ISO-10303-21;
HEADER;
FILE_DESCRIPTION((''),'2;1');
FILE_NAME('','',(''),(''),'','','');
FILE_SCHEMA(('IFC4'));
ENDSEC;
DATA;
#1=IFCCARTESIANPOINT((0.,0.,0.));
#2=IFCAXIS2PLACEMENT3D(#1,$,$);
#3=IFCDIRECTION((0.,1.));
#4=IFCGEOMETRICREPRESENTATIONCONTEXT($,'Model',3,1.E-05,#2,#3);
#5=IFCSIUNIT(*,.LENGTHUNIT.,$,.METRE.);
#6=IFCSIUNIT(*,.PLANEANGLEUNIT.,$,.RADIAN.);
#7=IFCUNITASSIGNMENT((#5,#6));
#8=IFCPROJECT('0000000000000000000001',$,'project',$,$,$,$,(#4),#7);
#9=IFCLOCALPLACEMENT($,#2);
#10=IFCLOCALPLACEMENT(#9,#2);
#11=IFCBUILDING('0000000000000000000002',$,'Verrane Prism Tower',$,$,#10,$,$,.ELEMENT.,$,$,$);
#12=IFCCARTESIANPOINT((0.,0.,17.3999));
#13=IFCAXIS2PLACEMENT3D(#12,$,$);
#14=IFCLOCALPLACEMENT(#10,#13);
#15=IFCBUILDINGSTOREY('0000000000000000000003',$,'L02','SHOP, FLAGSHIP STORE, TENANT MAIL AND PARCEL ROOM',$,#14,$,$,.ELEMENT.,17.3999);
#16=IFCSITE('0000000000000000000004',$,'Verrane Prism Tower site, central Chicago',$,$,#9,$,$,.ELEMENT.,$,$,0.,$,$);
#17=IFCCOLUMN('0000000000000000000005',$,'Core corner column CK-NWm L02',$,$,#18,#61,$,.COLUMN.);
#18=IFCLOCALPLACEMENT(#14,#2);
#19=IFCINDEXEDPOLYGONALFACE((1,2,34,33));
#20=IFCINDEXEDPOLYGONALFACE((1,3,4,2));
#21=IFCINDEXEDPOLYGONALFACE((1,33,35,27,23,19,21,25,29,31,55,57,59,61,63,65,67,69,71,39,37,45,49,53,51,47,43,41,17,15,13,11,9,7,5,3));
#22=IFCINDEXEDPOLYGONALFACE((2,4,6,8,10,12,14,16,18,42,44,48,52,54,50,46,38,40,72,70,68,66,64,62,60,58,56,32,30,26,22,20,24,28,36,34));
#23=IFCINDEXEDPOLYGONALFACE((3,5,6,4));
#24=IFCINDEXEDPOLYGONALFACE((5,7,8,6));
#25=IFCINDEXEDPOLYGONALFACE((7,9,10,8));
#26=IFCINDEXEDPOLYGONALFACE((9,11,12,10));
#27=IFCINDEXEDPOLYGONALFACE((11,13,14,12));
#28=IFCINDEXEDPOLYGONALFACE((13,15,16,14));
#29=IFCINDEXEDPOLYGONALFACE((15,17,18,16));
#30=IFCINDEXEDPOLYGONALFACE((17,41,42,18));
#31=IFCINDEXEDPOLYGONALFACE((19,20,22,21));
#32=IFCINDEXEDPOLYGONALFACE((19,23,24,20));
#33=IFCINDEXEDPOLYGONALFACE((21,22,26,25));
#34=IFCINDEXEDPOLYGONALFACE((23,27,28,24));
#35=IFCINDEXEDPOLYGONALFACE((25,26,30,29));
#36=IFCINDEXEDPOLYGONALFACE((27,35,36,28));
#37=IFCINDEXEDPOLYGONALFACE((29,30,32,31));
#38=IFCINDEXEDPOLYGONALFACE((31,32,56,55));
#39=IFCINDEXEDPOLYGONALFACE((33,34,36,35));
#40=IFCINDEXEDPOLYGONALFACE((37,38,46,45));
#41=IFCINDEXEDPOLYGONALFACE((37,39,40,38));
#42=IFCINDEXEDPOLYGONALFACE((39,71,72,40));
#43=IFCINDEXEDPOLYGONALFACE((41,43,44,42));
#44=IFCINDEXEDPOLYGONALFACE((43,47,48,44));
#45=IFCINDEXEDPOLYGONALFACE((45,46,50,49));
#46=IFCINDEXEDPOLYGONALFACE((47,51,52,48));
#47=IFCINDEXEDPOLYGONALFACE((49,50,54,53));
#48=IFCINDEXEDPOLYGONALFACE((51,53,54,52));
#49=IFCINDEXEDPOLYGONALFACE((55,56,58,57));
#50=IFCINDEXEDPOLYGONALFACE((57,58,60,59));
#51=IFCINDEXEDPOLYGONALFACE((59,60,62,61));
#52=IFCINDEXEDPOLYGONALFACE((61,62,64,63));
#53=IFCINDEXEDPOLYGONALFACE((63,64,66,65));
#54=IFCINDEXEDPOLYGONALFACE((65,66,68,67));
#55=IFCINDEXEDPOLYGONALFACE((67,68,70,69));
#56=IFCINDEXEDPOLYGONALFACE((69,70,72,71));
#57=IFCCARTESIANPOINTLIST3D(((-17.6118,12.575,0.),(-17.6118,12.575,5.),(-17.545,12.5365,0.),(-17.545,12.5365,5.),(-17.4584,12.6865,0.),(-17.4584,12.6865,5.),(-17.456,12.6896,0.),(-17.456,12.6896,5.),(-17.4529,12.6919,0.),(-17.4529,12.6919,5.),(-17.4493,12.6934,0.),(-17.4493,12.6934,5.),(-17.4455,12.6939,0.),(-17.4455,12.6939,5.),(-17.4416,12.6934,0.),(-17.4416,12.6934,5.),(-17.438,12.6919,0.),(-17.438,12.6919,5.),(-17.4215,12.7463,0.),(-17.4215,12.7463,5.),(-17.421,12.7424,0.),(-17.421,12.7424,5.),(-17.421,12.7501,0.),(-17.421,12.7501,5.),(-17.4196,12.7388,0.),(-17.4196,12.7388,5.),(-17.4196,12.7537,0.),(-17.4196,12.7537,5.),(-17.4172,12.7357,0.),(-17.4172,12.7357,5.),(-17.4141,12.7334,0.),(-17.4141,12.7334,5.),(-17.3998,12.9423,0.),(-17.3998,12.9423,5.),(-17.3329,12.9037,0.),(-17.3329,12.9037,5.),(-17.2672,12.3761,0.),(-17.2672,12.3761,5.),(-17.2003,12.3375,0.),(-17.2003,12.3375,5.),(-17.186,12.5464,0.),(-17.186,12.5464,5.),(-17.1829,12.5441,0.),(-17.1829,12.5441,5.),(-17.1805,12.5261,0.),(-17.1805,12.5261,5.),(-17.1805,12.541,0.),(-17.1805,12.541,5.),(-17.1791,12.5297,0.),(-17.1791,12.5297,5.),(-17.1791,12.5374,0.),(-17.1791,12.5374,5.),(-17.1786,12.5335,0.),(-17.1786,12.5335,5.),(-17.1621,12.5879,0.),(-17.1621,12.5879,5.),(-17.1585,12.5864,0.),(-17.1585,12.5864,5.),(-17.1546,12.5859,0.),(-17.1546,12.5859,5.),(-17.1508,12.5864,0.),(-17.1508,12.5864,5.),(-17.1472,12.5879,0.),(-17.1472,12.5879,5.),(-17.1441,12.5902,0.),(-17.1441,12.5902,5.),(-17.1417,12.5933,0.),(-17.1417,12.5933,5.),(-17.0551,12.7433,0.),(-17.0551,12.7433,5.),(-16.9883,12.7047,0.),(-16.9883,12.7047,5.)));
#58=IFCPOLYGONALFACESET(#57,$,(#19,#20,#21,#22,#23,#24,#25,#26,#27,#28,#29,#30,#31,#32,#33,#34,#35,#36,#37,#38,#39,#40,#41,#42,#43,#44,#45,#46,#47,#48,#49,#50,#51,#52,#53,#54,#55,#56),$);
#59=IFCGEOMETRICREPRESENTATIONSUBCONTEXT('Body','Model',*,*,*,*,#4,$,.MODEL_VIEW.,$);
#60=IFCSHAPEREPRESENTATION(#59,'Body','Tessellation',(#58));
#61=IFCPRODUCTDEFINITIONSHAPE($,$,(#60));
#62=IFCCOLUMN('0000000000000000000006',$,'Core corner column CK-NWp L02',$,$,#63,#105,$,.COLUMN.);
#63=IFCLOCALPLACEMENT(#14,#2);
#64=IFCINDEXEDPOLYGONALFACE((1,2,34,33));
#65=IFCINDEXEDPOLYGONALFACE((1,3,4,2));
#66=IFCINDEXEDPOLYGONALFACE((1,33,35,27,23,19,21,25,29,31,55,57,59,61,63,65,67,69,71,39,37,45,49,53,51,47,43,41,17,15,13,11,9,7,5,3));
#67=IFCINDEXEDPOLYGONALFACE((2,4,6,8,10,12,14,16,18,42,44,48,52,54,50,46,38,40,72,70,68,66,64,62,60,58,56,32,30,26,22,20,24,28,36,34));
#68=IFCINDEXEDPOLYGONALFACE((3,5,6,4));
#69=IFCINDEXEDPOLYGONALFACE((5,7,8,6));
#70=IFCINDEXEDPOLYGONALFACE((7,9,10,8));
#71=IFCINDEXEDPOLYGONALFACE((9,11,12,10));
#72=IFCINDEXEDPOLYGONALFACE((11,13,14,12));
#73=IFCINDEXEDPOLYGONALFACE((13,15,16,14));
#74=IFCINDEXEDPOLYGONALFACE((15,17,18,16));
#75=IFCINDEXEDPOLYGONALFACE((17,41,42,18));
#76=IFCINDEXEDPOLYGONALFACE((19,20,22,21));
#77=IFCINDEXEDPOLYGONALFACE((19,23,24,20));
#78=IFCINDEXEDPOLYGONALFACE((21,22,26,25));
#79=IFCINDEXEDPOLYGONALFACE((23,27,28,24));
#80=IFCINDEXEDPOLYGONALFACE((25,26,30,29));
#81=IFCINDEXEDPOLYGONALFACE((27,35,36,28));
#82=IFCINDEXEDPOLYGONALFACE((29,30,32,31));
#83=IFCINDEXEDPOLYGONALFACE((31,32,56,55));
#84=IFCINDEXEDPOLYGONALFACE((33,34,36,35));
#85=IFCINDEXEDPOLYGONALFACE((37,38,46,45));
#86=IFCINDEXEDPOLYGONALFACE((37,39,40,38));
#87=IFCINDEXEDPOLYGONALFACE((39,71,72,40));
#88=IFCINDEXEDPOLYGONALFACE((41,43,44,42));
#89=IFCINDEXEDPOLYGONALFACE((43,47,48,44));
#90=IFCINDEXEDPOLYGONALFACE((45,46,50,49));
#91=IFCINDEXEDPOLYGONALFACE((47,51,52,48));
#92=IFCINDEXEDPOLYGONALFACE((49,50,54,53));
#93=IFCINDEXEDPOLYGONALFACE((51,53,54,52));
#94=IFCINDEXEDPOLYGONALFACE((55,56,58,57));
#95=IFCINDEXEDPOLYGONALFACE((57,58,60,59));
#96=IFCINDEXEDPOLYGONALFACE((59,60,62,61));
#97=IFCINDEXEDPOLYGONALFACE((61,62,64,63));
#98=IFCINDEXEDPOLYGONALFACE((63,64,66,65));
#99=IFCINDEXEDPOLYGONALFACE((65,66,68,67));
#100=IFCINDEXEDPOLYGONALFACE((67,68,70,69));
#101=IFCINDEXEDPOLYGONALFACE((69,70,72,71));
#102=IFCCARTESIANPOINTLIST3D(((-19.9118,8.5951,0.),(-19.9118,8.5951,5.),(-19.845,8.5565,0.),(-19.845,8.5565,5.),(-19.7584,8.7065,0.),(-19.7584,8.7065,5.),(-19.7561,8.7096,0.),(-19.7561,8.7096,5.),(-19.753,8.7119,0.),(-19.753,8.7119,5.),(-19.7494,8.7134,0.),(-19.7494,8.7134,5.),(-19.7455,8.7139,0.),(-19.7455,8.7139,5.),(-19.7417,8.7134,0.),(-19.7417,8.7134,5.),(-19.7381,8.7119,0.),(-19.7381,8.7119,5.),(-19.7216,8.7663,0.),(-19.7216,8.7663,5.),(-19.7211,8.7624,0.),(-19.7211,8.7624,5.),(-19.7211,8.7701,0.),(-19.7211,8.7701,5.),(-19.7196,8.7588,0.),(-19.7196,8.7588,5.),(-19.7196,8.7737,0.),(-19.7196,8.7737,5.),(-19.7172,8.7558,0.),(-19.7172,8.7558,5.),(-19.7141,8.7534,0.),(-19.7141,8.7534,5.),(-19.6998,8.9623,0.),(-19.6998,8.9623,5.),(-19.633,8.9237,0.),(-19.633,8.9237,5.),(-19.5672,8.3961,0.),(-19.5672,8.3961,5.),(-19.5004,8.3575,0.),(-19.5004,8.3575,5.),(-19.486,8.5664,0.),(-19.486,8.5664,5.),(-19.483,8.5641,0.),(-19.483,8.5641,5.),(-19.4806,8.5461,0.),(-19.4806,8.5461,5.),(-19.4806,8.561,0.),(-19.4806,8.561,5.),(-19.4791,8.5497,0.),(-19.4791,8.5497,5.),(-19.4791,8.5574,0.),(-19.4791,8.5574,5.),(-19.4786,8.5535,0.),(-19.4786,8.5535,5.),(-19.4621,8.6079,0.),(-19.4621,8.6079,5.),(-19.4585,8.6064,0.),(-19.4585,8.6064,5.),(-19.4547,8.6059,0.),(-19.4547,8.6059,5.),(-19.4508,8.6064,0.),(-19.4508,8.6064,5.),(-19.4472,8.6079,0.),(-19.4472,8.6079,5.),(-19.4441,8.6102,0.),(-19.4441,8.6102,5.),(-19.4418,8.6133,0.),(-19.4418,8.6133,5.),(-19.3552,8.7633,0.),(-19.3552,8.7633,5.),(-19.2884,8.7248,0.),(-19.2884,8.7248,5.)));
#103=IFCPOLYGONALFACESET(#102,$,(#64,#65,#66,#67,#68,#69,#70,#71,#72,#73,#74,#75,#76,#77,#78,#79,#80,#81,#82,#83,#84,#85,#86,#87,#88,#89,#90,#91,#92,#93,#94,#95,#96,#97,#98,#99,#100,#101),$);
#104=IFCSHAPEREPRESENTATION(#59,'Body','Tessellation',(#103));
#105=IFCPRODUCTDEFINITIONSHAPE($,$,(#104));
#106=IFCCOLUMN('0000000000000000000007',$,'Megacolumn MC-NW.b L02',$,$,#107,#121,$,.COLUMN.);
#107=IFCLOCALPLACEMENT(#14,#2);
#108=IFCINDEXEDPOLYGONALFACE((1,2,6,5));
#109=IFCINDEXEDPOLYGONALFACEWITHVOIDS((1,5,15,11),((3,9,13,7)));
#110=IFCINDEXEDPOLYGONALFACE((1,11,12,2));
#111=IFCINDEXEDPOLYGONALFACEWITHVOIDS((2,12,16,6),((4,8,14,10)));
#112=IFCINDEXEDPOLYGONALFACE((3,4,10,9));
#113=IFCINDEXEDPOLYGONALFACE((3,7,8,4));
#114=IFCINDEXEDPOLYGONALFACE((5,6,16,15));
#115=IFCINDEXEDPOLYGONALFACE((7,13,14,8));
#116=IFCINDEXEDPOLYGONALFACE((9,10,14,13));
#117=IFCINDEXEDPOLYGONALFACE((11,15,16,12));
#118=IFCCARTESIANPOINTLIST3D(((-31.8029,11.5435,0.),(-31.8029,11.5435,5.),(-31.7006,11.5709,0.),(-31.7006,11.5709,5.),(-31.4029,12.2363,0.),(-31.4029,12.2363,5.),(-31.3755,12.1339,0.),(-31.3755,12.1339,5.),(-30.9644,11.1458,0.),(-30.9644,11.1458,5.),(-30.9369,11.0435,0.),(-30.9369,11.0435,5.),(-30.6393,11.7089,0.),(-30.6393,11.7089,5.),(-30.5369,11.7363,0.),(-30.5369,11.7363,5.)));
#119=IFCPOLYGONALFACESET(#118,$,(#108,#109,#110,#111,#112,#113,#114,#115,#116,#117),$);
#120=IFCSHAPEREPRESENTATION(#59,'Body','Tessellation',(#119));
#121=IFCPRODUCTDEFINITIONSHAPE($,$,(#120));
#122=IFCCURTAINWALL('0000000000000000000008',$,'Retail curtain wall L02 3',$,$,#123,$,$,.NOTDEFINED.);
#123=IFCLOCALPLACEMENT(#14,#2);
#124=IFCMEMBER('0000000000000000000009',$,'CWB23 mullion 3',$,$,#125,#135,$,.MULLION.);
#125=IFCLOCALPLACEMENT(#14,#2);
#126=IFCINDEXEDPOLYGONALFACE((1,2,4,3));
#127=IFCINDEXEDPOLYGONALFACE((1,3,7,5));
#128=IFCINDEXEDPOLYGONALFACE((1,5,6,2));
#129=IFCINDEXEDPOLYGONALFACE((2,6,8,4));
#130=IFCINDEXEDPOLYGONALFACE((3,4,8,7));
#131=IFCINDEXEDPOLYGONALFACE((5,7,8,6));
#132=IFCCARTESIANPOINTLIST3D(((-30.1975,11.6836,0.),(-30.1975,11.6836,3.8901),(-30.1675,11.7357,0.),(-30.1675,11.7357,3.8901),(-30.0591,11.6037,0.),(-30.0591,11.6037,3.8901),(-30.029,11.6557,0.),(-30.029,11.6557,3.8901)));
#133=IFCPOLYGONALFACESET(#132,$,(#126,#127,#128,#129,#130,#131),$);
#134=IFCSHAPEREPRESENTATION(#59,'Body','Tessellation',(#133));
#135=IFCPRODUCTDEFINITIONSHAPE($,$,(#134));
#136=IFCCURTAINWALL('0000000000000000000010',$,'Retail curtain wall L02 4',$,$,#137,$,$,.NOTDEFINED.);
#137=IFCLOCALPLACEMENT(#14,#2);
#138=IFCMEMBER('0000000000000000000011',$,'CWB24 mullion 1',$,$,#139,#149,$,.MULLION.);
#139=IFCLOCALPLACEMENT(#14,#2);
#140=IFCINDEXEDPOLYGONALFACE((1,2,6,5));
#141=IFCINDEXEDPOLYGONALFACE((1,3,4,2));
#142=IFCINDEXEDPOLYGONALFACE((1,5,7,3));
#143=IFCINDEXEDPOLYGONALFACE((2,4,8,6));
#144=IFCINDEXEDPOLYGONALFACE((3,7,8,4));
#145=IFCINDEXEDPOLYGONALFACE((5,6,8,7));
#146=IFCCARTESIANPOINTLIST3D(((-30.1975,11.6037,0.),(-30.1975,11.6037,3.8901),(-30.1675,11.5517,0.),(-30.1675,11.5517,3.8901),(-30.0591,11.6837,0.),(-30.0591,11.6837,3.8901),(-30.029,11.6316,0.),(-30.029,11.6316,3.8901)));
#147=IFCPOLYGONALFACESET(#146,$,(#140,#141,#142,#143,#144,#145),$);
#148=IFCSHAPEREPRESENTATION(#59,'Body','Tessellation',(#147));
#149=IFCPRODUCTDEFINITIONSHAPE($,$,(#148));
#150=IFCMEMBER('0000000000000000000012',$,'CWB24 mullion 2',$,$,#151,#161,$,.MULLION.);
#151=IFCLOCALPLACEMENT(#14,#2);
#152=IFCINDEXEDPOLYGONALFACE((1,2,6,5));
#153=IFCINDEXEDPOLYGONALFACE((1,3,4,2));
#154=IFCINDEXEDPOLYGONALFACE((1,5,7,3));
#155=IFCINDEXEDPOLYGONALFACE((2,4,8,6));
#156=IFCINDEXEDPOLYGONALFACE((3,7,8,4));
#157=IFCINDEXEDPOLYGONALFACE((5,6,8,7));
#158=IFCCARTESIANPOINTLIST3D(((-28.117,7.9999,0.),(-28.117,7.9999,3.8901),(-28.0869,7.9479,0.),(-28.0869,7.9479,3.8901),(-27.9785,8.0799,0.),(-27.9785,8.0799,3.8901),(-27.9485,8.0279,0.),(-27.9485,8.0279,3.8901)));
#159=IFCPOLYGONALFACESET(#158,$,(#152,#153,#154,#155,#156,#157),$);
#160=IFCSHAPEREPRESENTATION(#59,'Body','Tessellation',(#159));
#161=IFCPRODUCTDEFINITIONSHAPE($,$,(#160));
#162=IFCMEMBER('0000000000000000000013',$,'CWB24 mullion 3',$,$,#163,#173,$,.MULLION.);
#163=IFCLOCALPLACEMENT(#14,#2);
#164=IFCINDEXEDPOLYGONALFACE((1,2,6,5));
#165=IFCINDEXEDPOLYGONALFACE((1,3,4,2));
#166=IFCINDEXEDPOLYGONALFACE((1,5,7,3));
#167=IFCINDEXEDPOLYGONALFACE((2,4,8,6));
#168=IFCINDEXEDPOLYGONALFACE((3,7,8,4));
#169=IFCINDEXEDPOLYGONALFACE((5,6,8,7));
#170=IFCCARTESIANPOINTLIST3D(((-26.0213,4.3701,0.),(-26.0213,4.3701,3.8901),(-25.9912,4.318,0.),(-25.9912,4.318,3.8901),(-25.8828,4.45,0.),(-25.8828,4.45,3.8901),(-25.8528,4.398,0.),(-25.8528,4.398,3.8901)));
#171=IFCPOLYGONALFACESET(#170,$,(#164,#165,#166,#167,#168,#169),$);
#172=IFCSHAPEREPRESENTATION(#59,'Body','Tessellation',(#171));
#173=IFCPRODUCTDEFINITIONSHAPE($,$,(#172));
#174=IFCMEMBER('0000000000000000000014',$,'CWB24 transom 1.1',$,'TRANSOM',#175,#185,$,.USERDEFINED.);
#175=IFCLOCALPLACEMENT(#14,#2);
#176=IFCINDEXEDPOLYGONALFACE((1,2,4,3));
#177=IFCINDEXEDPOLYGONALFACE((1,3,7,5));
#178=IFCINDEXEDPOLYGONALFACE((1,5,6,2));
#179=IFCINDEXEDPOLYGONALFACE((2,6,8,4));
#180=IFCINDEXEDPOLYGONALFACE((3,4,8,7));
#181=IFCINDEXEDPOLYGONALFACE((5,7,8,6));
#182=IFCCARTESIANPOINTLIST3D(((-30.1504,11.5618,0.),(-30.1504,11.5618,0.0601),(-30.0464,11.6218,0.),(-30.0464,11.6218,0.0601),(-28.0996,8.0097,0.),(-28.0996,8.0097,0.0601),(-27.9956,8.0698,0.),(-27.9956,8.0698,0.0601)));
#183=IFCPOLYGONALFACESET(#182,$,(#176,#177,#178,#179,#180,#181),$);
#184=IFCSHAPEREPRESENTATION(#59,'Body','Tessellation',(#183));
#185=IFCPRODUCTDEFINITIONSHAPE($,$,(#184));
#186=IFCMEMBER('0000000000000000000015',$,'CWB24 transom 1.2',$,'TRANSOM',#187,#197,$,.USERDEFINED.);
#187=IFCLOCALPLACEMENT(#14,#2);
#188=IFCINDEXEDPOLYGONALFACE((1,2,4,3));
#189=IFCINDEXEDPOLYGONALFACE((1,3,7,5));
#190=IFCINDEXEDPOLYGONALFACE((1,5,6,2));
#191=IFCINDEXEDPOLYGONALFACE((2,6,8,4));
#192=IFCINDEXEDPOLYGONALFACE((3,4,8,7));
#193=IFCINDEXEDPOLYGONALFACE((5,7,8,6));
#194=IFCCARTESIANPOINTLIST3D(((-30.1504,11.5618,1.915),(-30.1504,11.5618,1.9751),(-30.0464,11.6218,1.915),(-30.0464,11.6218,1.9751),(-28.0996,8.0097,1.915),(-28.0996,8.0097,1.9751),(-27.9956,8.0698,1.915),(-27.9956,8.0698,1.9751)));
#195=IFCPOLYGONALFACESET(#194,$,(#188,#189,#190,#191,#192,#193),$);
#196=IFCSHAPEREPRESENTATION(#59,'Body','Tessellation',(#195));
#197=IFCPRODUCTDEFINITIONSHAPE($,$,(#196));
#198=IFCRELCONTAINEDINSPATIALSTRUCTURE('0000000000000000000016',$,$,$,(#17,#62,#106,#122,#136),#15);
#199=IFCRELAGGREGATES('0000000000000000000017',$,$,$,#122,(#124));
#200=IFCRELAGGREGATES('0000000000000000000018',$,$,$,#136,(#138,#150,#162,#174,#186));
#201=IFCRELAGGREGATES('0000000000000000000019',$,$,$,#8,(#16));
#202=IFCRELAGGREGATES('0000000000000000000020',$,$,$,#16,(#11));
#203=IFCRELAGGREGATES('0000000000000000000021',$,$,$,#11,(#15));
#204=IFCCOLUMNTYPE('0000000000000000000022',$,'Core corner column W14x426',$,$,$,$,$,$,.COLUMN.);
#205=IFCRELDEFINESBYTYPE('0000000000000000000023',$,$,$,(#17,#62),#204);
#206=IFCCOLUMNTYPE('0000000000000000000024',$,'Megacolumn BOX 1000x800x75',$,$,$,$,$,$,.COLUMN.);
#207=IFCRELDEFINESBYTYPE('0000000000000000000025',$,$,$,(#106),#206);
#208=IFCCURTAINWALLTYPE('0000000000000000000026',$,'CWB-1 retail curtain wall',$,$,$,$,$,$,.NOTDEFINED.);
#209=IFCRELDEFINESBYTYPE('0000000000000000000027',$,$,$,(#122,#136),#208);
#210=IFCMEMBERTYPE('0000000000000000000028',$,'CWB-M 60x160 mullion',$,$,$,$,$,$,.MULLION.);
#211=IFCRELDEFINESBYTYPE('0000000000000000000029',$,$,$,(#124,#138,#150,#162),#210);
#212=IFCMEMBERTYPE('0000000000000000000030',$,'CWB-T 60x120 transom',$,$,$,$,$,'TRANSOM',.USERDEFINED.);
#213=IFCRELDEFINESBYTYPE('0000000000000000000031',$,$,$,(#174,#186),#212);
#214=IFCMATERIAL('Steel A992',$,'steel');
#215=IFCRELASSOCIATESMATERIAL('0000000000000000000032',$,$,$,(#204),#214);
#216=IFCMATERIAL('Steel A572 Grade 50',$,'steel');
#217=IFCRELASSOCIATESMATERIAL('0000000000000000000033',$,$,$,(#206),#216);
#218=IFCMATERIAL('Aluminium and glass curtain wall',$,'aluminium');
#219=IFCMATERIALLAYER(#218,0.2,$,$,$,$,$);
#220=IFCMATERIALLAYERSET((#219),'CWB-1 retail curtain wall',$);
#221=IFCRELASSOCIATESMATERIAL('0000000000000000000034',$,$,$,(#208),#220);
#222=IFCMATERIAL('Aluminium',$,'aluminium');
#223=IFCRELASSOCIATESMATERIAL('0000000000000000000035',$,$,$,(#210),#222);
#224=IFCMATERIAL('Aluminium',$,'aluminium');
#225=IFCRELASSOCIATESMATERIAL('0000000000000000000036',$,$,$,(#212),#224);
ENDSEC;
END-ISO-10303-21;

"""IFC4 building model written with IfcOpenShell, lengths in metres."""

from ifc_helpers import new_model, si_unit, direction, frame, origin, origin_2d, place, context, subcontext, project, spatial, rectangle, hollow_rectangle, i_section, extrude, material, layer, layer_set, material_profile, profile_set, type_object, element, aggregate, save


model = new_model("IFC4")

# Units and contexts
model_context = context("Model", 3, precision=1e-05, world=origin(), true_north=direction((0.0, 1.0)))
body_context = subcontext(model_context, "Body", "Model", "MODEL_VIEW")
ifc_project = project(units=[si_unit("LENGTHUNIT", "METRE"), si_unit("PLANEANGLEUNIT", "RADIAN")], contexts=[model_context])

# Site, building, storey
site_placement = place(None, origin())
site = spatial("IfcSite", under=ifc_project, at=site_placement, Name="Verrane Prism Tower site, central Chicago", CompositionType="ELEMENT", RefElevation=0.0)
building_placement = place(site_placement, origin())
building = spatial("IfcBuilding", under=site, at=building_placement, Name="Verrane Prism Tower", CompositionType="ELEMENT")
storey_placement = place(building_placement, frame((0.0, 0.0, 17.3999)))
storey = spatial("IfcBuildingStorey", under=building, at=storey_placement, Name="L02", Description="SHOP, FLAGSHIP STORE, TENANT MAIL AND PARCEL ROOM", CompositionType="ELEMENT", Elevation=17.3999)

# Columns
ifc_material_1 = material(Name="Steel A992", Category="steel")
ifc_material_profile_1 = material_profile(ifc_material_1, i_section(OverallWidth=0.4241, OverallDepth=0.4751, WebThickness=0.0479, FlangeThickness=0.0771, FilletRadius=0.0149, at=origin_2d()), Name="W14x426")
ifc_profile_set_1 = profile_set([ifc_material_profile_1], Name="Steel A992")
column_type_1 = type_object("IfcColumnType", Name="Core corner column W14x426", PredefinedType="COLUMN", material=ifc_profile_set_1)
for number, where, z_axis, x_axis, name in (
    (1, (-17.3, 12.6399, 0.0), (0.0, 0.0, 1.0), (0.5, 0.866025, 0.0), "Core corner column CK-NWm L02"),
    (2, (-19.6001, 8.6599, 0.0), (0.0, 0.0, 1.0), (0.5, 0.866025, 0.0), "Core corner column CK-NWp L02"),
):
    element("IfcColumn", number, at=place(storey_placement, frame(where, z_axis=z_axis, x_axis=x_axis)), inside=storey, type_object=column_type_1, Name=name, PredefinedType="COLUMN", context=body_context, shape_type="SweptSolid", body=[
        extrude(i_section(OverallWidth=0.4241, OverallDepth=0.4751, WebThickness=0.0479, FlangeThickness=0.0771, FilletRadius=0.0149, at=origin_2d()), origin(), (0.0, 0.0, 1.0), 5.0),
    ])
ifc_material_2 = material(Name="Steel A572 Grade 50", Category="steel")
ifc_material_profile_2 = material_profile(ifc_material_2, hollow_rectangle(XDim=0.8, YDim=1.0, WallThickness=0.075, at=origin_2d()), Name="BOX 1000x800x75")
ifc_profile_set_2 = profile_set([ifc_material_profile_2], Name="Steel A572 Grade 50")
column_type_2 = type_object("IfcColumnType", Name="Megacolumn BOX 1000x800x75", PredefinedType="COLUMN", material=ifc_profile_set_2)
column_placement = place(storey_placement, frame((-31.1699, 11.6399, 0.0), z_axis=(0.0, 0.0, 1.0), x_axis=(0.5, 0.866025, 0.0)))
element("IfcColumn", 3, at=column_placement, inside=storey, type_object=column_type_2, Name="Megacolumn MC-NW.b L02", PredefinedType="COLUMN", context=body_context, shape_type="SweptSolid", body=[
    extrude(hollow_rectangle(XDim=0.8, YDim=1.0, WallThickness=0.075, at=origin_2d()), origin(), (0.0, 0.0, 1.0), 5.0),
])

# Curtain wall, member
ifc_material_3 = material(Name="Aluminium and glass curtain wall", Category="aluminium")
ifc_layer_1 = layer(ifc_material_3, 0.2)
ifc_layer_set_1 = layer_set([ifc_layer_1], Name="CWB-1 retail curtain wall")
curtain_wall_type = type_object("IfcCurtainWallType", Name="CWB-1 retail curtain wall", PredefinedType="NOTDEFINED", material=ifc_layer_set_1)
curtain_wall_1_placement = place(storey_placement, origin())
curtain_wall_1 = element("IfcCurtainWall", 4, at=curtain_wall_1_placement, inside=storey, type_object=curtain_wall_type, Name="Retail curtain wall L02 3", PredefinedType="NOTDEFINED")
ifc_material_4 = material(Name="Aluminium", Category="aluminium")
ifc_material_profile_3 = material_profile(ifc_material_4, rectangle(XDim=0.1599, YDim=0.0601, at=origin_2d()), Name="CWB-M 60x160 mullion")
ifc_profile_set_3 = profile_set([ifc_material_profile_3], Name="Aluminium")
member_type_1 = type_object("IfcMemberType", Name="CWB-M 60x160 mullion", PredefinedType="MULLION", material=ifc_profile_set_3)
member_1_placement = place(storey_placement, frame((-30.1133, 11.6697, 0.0), z_axis=(0.0, 0.0, 1.0), x_axis=(0.866026, -0.499999, 0.0)))
member_1 = element("IfcMember", 5, at=member_1_placement, type_object=member_type_1, Name="CWB23 mullion 3", PredefinedType="MULLION", context=body_context, shape_type="SweptSolid", body=[
    extrude(rectangle(XDim=0.1599, YDim=0.0601, at=origin_2d()), origin(), (0.0, 0.0, 1.0), 3.8901),
])

# Curtain wall, members
curtain_wall_2_placement = place(storey_placement, origin())
curtain_wall_2 = element("IfcCurtainWall", 6, at=curtain_wall_2_placement, inside=storey, type_object=curtain_wall_type, Name="Retail curtain wall L02 4", PredefinedType="NOTDEFINED")
member_2_placement = place(storey_placement, frame((-30.1133, 11.6177, 0.0), z_axis=(0.0, 0.0, 1.0), x_axis=(0.866025, 0.5, 0.0)))
member_2 = element("IfcMember", 7, at=member_2_placement, type_object=member_type_1, Name="CWB24 mullion 1", PredefinedType="MULLION", context=body_context, shape_type="SweptSolid", body=[
    extrude(rectangle(XDim=0.1599, YDim=0.0601, at=origin_2d()), origin(), (0.0, 0.0, 1.0), 3.8901),
])
member_3_placement = place(storey_placement, frame((-28.0327, 8.0139, 0.0), z_axis=(0.0, 0.0, 1.0), x_axis=(0.866025, 0.5, 0.0)))
member_3 = element("IfcMember", 8, at=member_3_placement, type_object=member_type_1, Name="CWB24 mullion 2", PredefinedType="MULLION", context=body_context, shape_type="SweptSolid", body=[
    extrude(rectangle(XDim=0.1599, YDim=0.0601, at=origin_2d()), origin(), (0.0, 0.0, 1.0), 3.8901),
])
member_4_placement = place(storey_placement, frame((-25.937, 4.384, 0.0), z_axis=(0.0, 0.0, 1.0), x_axis=(0.866025, 0.5, 0.0)))
member_4 = element("IfcMember", 9, at=member_4_placement, type_object=member_type_1, Name="CWB24 mullion 3", PredefinedType="MULLION", context=body_context, shape_type="SweptSolid", body=[
    extrude(rectangle(XDim=0.1599, YDim=0.0601, at=origin_2d()), origin(), (0.0, 0.0, 1.0), 3.8901),
])
ifc_material_5 = material(Name="Aluminium", Category="aluminium")
ifc_material_profile_4 = material_profile(ifc_material_5, rectangle(XDim=0.1201, YDim=0.0601, at=origin_2d()), Name="CWB-T 60x120 transom")
ifc_profile_set_4 = profile_set([ifc_material_profile_4], Name="Aluminium")
member_type_2 = type_object("IfcMemberType", Name="CWB-T 60x120 transom", ElementType="TRANSOM", PredefinedType="USERDEFINED", material=ifc_profile_set_4)
member_5_placement = place(storey_placement, frame((-30.0984, 11.5918, 0.03), z_axis=(0.500006, -0.866022, 0.0), x_axis=(0.866022, 0.500006, 0.0)))
member_5 = element("IfcMember", 10, at=member_5_placement, type_object=member_type_2, Name="CWB24 transom 1.1", ObjectType="TRANSOM", PredefinedType="USERDEFINED", context=body_context, shape_type="SweptSolid", body=[
    extrude(rectangle(XDim=0.1201, YDim=0.0601, at=origin_2d()), origin(), (0.0, 0.0, 1.0), 4.1016),
])
member_6_placement = place(storey_placement, frame((-30.0984, 11.5918, 1.9451), z_axis=(0.500006, -0.866022, 0.0), x_axis=(0.866022, 0.500006, 0.0)))
member_6 = element("IfcMember", 11, at=member_6_placement, type_object=member_type_2, Name="CWB24 transom 1.2", ObjectType="TRANSOM", PredefinedType="USERDEFINED", context=body_context, shape_type="SweptSolid", body=[
    extrude(rectangle(XDim=0.1201, YDim=0.0601, at=origin_2d()), origin(), (0.0, 0.0, 1.0), 4.1016),
])

aggregate(curtain_wall_1, [member_1])
aggregate(curtain_wall_2, [member_2, member_3, member_4, member_5, member_6])

save(model, "model.ifc")
